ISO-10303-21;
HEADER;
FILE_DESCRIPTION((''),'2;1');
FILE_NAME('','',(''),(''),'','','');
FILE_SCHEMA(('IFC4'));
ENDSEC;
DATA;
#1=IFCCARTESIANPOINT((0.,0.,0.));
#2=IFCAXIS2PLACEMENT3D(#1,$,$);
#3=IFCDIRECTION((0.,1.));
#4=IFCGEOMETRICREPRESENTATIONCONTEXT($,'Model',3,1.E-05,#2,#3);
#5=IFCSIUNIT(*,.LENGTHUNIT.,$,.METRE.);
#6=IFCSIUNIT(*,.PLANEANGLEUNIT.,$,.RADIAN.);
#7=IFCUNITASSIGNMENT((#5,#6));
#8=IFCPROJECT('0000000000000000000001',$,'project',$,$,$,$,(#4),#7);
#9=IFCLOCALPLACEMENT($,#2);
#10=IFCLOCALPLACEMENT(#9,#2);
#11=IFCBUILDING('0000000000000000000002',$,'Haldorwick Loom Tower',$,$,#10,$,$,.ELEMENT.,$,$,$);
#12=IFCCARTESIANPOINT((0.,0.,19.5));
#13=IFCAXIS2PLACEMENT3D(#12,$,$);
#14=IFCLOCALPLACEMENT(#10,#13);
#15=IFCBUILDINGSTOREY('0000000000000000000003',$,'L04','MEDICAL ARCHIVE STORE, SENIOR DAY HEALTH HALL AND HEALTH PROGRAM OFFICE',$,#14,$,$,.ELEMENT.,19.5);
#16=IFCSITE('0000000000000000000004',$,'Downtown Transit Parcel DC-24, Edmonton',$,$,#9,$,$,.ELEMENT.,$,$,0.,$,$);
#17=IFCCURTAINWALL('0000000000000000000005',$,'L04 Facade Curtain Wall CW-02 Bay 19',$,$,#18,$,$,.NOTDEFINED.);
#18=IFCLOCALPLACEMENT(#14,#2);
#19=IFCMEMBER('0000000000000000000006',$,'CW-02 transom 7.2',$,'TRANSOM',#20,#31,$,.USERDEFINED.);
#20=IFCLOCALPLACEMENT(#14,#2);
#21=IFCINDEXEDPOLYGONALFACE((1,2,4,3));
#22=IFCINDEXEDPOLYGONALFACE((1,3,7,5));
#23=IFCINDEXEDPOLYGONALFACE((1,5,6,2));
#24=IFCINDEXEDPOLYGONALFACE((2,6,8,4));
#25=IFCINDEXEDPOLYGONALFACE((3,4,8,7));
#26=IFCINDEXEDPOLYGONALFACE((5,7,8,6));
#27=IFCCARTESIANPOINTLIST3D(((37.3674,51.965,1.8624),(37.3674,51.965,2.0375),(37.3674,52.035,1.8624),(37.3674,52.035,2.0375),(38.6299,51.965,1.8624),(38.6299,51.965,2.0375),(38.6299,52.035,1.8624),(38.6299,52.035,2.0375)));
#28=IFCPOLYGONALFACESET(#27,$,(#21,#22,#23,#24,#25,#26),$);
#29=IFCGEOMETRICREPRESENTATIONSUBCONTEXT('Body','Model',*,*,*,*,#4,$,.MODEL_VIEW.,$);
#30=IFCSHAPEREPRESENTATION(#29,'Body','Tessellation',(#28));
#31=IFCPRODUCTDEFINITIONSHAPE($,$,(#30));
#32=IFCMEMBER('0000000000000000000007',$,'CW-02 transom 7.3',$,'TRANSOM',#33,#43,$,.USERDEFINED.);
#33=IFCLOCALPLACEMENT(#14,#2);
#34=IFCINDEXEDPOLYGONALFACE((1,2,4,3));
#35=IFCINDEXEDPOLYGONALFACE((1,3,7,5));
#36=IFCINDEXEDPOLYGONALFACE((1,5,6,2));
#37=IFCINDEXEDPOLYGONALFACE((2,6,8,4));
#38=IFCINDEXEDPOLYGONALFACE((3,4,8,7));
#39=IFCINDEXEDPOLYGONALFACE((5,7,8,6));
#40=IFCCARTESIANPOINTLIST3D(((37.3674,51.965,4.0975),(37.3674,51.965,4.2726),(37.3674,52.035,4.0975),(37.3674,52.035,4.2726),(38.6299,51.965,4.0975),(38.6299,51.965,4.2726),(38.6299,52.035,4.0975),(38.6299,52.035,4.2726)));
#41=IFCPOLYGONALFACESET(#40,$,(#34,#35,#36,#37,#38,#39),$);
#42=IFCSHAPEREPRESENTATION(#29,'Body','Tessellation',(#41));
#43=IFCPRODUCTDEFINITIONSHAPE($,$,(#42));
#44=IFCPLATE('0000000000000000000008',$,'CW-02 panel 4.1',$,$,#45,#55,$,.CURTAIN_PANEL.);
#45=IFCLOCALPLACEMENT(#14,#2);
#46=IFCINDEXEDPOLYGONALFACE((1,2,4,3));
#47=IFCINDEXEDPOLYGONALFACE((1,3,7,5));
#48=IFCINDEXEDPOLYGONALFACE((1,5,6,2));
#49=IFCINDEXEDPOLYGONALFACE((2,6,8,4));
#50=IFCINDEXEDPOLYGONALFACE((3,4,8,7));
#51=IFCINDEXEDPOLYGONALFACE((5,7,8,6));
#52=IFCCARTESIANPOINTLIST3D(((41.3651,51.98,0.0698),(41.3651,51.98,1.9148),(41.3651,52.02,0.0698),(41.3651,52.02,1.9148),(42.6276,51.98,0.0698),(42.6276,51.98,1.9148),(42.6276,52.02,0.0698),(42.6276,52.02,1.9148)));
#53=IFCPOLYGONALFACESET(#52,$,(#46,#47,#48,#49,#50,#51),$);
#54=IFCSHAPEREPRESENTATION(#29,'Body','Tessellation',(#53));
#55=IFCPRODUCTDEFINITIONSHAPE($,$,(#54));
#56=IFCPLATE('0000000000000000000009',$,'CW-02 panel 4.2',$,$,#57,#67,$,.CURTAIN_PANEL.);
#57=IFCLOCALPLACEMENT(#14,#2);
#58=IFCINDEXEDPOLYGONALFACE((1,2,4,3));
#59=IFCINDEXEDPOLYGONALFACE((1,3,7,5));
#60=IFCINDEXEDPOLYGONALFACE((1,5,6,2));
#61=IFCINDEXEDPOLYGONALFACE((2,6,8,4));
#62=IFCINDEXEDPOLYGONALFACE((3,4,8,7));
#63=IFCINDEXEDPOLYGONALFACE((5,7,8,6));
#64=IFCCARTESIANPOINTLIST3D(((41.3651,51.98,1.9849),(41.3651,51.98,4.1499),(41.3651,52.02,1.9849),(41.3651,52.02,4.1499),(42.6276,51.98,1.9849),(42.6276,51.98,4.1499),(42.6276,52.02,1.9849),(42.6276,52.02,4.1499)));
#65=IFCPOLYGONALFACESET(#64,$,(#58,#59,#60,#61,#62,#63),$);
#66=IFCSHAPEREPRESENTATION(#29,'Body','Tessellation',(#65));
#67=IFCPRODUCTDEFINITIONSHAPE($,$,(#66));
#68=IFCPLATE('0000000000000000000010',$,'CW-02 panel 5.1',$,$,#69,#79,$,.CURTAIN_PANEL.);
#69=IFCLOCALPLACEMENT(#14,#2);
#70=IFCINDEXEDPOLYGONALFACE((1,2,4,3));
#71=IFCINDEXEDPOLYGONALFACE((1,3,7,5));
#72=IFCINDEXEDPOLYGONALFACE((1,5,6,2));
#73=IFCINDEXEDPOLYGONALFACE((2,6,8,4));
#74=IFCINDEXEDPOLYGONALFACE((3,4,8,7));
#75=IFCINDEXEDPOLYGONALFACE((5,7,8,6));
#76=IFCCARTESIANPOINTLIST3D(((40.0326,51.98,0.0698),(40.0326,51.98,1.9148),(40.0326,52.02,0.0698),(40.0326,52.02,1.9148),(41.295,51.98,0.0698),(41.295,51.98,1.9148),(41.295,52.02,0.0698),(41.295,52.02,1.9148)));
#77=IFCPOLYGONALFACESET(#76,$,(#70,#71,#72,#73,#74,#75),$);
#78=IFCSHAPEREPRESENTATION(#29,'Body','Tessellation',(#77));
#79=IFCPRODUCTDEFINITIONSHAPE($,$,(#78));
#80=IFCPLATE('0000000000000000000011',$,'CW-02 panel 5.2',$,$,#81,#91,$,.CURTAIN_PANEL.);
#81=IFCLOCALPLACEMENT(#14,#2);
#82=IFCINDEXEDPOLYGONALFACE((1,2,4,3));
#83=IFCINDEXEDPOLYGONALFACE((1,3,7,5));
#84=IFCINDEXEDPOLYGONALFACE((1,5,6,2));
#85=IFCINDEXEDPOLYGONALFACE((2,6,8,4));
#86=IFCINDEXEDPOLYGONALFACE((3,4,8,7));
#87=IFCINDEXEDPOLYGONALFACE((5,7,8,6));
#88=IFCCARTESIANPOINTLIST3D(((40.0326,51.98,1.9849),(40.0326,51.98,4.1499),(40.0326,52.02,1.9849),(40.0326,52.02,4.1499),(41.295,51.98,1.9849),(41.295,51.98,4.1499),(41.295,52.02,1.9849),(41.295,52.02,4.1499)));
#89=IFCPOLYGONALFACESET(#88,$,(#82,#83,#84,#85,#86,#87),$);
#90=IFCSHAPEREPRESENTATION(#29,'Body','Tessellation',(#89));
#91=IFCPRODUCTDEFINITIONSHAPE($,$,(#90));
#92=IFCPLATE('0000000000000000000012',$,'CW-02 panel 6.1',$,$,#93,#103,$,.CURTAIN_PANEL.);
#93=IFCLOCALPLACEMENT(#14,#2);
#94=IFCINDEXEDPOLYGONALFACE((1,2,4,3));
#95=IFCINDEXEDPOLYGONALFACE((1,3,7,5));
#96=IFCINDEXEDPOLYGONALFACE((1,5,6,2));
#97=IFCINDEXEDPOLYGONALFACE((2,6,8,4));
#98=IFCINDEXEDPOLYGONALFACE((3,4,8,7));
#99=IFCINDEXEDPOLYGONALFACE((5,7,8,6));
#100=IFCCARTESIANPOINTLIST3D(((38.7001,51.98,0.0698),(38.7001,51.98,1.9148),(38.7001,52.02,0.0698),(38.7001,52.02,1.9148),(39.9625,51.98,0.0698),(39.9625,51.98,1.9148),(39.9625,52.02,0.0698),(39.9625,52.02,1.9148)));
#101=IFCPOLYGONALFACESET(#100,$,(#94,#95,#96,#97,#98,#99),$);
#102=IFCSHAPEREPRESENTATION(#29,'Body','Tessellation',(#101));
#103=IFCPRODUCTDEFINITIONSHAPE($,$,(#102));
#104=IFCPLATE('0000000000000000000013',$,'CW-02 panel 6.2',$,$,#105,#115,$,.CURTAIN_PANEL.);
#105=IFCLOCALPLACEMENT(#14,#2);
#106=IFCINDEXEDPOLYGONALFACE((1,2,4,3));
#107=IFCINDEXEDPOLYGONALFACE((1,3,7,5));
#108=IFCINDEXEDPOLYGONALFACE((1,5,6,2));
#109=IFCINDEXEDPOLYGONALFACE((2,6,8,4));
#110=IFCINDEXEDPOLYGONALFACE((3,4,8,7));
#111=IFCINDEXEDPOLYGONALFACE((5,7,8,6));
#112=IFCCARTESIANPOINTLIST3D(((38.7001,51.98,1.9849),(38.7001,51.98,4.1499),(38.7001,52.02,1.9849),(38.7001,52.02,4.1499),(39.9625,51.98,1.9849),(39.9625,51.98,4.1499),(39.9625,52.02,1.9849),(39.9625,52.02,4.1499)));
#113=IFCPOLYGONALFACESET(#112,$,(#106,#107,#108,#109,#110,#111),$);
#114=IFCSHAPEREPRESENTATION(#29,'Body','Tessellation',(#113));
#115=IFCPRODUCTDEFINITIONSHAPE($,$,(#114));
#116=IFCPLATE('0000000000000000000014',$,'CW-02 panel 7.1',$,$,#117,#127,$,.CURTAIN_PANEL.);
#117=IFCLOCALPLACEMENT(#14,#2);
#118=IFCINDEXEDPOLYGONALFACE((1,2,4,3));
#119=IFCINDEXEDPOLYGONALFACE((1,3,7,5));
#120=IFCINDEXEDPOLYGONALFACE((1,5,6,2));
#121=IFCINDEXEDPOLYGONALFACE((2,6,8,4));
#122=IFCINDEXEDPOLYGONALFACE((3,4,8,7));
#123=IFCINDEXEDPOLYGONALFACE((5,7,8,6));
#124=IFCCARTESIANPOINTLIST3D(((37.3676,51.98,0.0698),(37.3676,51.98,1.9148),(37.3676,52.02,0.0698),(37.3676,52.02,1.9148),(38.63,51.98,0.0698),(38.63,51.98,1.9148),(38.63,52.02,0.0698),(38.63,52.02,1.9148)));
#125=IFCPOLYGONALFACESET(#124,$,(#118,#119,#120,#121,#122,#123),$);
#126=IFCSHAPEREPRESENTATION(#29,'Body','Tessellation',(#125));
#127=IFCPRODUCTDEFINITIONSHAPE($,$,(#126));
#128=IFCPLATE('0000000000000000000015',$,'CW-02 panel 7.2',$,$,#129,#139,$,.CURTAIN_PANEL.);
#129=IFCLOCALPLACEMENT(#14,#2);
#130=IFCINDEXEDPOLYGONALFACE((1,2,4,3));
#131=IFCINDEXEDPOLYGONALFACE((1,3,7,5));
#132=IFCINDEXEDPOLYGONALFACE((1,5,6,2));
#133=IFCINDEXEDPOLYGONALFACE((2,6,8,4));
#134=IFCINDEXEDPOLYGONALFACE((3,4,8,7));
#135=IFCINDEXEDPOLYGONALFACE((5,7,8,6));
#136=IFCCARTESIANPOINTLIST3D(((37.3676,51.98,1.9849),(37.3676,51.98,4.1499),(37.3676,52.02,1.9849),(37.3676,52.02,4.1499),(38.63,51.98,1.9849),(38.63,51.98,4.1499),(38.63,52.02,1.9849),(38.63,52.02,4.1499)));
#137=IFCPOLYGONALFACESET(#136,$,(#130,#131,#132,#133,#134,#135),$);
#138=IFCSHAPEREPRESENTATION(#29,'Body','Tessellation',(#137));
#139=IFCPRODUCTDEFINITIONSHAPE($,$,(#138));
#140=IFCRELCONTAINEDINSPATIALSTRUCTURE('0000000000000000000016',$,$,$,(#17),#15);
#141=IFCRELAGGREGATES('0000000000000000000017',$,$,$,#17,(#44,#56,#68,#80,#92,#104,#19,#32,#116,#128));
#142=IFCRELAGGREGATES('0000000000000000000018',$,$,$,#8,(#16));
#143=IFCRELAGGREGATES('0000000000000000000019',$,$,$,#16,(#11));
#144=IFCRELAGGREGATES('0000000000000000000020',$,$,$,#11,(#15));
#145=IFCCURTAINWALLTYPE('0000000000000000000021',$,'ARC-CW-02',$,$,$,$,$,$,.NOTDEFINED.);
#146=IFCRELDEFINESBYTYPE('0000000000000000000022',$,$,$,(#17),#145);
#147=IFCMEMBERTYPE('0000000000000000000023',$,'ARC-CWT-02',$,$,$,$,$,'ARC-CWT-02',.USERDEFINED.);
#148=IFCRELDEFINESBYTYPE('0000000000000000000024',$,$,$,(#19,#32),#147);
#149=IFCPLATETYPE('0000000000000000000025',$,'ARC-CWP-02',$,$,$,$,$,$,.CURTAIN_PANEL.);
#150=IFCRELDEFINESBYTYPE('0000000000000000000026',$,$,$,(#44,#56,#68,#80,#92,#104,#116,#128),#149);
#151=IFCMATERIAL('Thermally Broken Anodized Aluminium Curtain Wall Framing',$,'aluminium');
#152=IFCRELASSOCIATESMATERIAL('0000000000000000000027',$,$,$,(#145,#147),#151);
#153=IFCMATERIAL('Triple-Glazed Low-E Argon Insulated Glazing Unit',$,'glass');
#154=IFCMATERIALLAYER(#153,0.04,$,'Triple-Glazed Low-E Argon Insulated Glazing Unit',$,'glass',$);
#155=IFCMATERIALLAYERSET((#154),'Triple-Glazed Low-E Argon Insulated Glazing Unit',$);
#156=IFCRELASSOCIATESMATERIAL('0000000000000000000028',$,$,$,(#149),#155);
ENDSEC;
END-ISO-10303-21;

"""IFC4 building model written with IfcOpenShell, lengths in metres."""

from ifc_helpers import new_model, si_unit, direction, frame, origin, origin_2d, place, context, subcontext, project, spatial, rectangle, extrude, material, layer, layer_set, material_profile, profile_set, type_object, element, aggregate, save


model = new_model("IFC4")

# Units and contexts
model_context = context("Model", 3, precision=1e-05, world=origin(), true_north=direction((0.0, 1.0)))
body_context = subcontext(model_context, "Body", "Model", "MODEL_VIEW")
ifc_project = project(units=[si_unit("LENGTHUNIT", "METRE"), si_unit("PLANEANGLEUNIT", "RADIAN")], contexts=[model_context])

# Site, building, storey
site_placement = place(None, origin())
site = spatial("IfcSite", under=ifc_project, at=site_placement, Name="Downtown Transit Parcel DC-24, Edmonton", CompositionType="ELEMENT", RefElevation=0.0)
building_placement = place(site_placement, origin())
building = spatial("IfcBuilding", under=site, at=building_placement, Name="Haldorwick Loom Tower", CompositionType="ELEMENT")
storey_placement = place(building_placement, frame((0.0, 0.0, 19.5)))
storey = spatial("IfcBuildingStorey", under=building, at=storey_placement, Name="L04", Description="MEDICAL ARCHIVE STORE, SENIOR DAY HEALTH HALL AND HEALTH PROGRAM OFFICE", CompositionType="ELEMENT", Elevation=19.5)

# Curtain wall, members, plates
ifc_material_1 = material(Name="Thermally Broken Anodized Aluminium Curtain Wall Framing", Category="aluminium")
curtain_wall_type = type_object("IfcCurtainWallType", Name="ARC-CW-02", PredefinedType="NOTDEFINED", material=ifc_material_1)
curtain_wall_placement = place(storey_placement, origin())
curtain_wall = element("IfcCurtainWall", 1, at=curtain_wall_placement, inside=storey, type_object=curtain_wall_type, Name="L04 Facade Curtain Wall CW-02 Bay 19", PredefinedType="NOTDEFINED")
ifc_material_profile_1 = material_profile(ifc_material_1, rectangle(XDim=0.0701, YDim=0.175, at=origin_2d()), Name="ALU_TRN_70X175", Category="aluminium")
ifc_profile_set_1 = profile_set([ifc_material_profile_1], Name="Thermally Broken Anodized Aluminium Curtain Wall Framing")
member_type_1 = type_object("IfcMemberType", Name="ARC-CWT-02", ElementType="ARC-CWT-02", PredefinedType="USERDEFINED", material=ifc_profile_set_1)
member_1_placement = place(storey_placement, frame((38.6299, 52.0, 1.95), z_axis=(-1.0, 0.0, 0.0), x_axis=(0.0, -1.0, 0.0)))
member_1 = element("IfcMember", 2, at=member_1_placement, type_object=member_type_1, Name="CW-02 transom 7.2", ObjectType="TRANSOM", PredefinedType="USERDEFINED", context=body_context, shape_type="SweptSolid", body=[
    extrude(rectangle(XDim=0.0701, YDim=0.175, at=origin_2d()), origin(), (0.0, 0.0, 1.0), 1.2625),
])
member_2_placement = place(storey_placement, frame((38.6299, 52.0, 4.1851), z_axis=(-1.0, 0.0, 0.0), x_axis=(0.0, -1.0, 0.0)))
member_2 = element("IfcMember", 3, at=member_2_placement, type_object=member_type_1, Name="CW-02 transom 7.3", ObjectType="TRANSOM", PredefinedType="USERDEFINED", context=body_context, shape_type="SweptSolid", body=[
    extrude(rectangle(XDim=0.0701, YDim=0.175, at=origin_2d()), origin(), (0.0, 0.0, 1.0), 1.2625),
])
ifc_material_2 = material(Name="Triple-Glazed Low-E Argon Insulated Glazing Unit", Category="glass")
ifc_layer = layer(ifc_material_2, 0.04, Name="Triple-Glazed Low-E Argon Insulated Glazing Unit", Category="glass")
ifc_layer_set = layer_set([ifc_layer], Name="Triple-Glazed Low-E Argon Insulated Glazing Unit")
plate_type = type_object("IfcPlateType", Name="ARC-CWP-02", PredefinedType="CURTAIN_PANEL", material=ifc_layer_set)
plate_1_placement = place(storey_placement, frame((41.9963, 52.0, 0.0698), z_axis=(0.0, 0.0, 1.0), x_axis=(-1.0, 0.0, 0.0)))
plate_1 = element("IfcPlate", 4, at=plate_1_placement, type_object=plate_type, Name="CW-02 panel 4.1", PredefinedType="CURTAIN_PANEL", context=body_context, shape_type="SweptSolid", body=[
    extrude(rectangle(XDim=1.2625, YDim=0.04, at=origin_2d()), origin(), (0.0, 0.0, 1.0), 1.845),
])
plate_2_placement = place(storey_placement, frame((41.9963, 52.0, 1.9849), z_axis=(0.0, 0.0, 1.0), x_axis=(-1.0, 0.0, 0.0)))
plate_2 = element("IfcPlate", 5, at=plate_2_placement, type_object=plate_type, Name="CW-02 panel 4.2", PredefinedType="CURTAIN_PANEL", context=body_context, shape_type="SweptSolid", body=[
    extrude(rectangle(XDim=1.2625, YDim=0.04, at=origin_2d()), origin(), (0.0, 0.0, 1.0), 2.165),
])
plate_3_placement = place(storey_placement, frame((40.6638, 52.0, 0.0698), z_axis=(0.0, 0.0, 1.0), x_axis=(-1.0, 0.0, 0.0)))
plate_3 = element("IfcPlate", 6, at=plate_3_placement, type_object=plate_type, Name="CW-02 panel 5.1", PredefinedType="CURTAIN_PANEL", context=body_context, shape_type="SweptSolid", body=[
    extrude(rectangle(XDim=1.2625, YDim=0.04, at=origin_2d()), origin(), (0.0, 0.0, 1.0), 1.845),
])
plate_4_placement = place(storey_placement, frame((40.6638, 52.0, 1.9849), z_axis=(0.0, 0.0, 1.0), x_axis=(-1.0, 0.0, 0.0)))
plate_4 = element("IfcPlate", 7, at=plate_4_placement, type_object=plate_type, Name="CW-02 panel 5.2", PredefinedType="CURTAIN_PANEL", context=body_context, shape_type="SweptSolid", body=[
    extrude(rectangle(XDim=1.2625, YDim=0.04, at=origin_2d()), origin(), (0.0, 0.0, 1.0), 2.165),
])
plate_5_placement = place(storey_placement, frame((39.3313, 52.0, 0.0698), z_axis=(0.0, 0.0, 1.0), x_axis=(-1.0, 0.0, 0.0)))
plate_5 = element("IfcPlate", 8, at=plate_5_placement, type_object=plate_type, Name="CW-02 panel 6.1", PredefinedType="CURTAIN_PANEL", context=body_context, shape_type="SweptSolid", body=[
    extrude(rectangle(XDim=1.2625, YDim=0.04, at=origin_2d()), origin(), (0.0, 0.0, 1.0), 1.845),
])
plate_6_placement = place(storey_placement, frame((39.3313, 52.0, 1.9849), z_axis=(0.0, 0.0, 1.0), x_axis=(-1.0, 0.0, 0.0)))
plate_6 = element("IfcPlate", 9, at=plate_6_placement, type_object=plate_type, Name="CW-02 panel 6.2", PredefinedType="CURTAIN_PANEL", context=body_context, shape_type="SweptSolid", body=[
    extrude(rectangle(XDim=1.2625, YDim=0.04, at=origin_2d()), origin(), (0.0, 0.0, 1.0), 2.165),
])
plate_7_placement = place(storey_placement, frame((37.9988, 52.0, 0.0698), z_axis=(0.0, 0.0, 1.0), x_axis=(-1.0, 0.0, 0.0)))
plate_7 = element("IfcPlate", 10, at=plate_7_placement, type_object=plate_type, Name="CW-02 panel 7.1", PredefinedType="CURTAIN_PANEL", context=body_context, shape_type="SweptSolid", body=[
    extrude(rectangle(XDim=1.2625, YDim=0.04, at=origin_2d()), origin(), (0.0, 0.0, 1.0), 1.845),
])
plate_8_placement = place(storey_placement, frame((37.9988, 52.0, 1.9849), z_axis=(0.0, 0.0, 1.0), x_axis=(-1.0, 0.0, 0.0)))
plate_8 = element("IfcPlate", 11, at=plate_8_placement, type_object=plate_type, Name="CW-02 panel 7.2", PredefinedType="CURTAIN_PANEL", context=body_context, shape_type="SweptSolid", body=[
    extrude(rectangle(XDim=1.2625, YDim=0.04, at=origin_2d()), origin(), (0.0, 0.0, 1.0), 2.165),
])
aggregate(curtain_wall, [plate_1, plate_2, plate_3, plate_4, plate_5, plate_6, member_1, member_2, plate_7, plate_8])

save(model, "model.ifc")
